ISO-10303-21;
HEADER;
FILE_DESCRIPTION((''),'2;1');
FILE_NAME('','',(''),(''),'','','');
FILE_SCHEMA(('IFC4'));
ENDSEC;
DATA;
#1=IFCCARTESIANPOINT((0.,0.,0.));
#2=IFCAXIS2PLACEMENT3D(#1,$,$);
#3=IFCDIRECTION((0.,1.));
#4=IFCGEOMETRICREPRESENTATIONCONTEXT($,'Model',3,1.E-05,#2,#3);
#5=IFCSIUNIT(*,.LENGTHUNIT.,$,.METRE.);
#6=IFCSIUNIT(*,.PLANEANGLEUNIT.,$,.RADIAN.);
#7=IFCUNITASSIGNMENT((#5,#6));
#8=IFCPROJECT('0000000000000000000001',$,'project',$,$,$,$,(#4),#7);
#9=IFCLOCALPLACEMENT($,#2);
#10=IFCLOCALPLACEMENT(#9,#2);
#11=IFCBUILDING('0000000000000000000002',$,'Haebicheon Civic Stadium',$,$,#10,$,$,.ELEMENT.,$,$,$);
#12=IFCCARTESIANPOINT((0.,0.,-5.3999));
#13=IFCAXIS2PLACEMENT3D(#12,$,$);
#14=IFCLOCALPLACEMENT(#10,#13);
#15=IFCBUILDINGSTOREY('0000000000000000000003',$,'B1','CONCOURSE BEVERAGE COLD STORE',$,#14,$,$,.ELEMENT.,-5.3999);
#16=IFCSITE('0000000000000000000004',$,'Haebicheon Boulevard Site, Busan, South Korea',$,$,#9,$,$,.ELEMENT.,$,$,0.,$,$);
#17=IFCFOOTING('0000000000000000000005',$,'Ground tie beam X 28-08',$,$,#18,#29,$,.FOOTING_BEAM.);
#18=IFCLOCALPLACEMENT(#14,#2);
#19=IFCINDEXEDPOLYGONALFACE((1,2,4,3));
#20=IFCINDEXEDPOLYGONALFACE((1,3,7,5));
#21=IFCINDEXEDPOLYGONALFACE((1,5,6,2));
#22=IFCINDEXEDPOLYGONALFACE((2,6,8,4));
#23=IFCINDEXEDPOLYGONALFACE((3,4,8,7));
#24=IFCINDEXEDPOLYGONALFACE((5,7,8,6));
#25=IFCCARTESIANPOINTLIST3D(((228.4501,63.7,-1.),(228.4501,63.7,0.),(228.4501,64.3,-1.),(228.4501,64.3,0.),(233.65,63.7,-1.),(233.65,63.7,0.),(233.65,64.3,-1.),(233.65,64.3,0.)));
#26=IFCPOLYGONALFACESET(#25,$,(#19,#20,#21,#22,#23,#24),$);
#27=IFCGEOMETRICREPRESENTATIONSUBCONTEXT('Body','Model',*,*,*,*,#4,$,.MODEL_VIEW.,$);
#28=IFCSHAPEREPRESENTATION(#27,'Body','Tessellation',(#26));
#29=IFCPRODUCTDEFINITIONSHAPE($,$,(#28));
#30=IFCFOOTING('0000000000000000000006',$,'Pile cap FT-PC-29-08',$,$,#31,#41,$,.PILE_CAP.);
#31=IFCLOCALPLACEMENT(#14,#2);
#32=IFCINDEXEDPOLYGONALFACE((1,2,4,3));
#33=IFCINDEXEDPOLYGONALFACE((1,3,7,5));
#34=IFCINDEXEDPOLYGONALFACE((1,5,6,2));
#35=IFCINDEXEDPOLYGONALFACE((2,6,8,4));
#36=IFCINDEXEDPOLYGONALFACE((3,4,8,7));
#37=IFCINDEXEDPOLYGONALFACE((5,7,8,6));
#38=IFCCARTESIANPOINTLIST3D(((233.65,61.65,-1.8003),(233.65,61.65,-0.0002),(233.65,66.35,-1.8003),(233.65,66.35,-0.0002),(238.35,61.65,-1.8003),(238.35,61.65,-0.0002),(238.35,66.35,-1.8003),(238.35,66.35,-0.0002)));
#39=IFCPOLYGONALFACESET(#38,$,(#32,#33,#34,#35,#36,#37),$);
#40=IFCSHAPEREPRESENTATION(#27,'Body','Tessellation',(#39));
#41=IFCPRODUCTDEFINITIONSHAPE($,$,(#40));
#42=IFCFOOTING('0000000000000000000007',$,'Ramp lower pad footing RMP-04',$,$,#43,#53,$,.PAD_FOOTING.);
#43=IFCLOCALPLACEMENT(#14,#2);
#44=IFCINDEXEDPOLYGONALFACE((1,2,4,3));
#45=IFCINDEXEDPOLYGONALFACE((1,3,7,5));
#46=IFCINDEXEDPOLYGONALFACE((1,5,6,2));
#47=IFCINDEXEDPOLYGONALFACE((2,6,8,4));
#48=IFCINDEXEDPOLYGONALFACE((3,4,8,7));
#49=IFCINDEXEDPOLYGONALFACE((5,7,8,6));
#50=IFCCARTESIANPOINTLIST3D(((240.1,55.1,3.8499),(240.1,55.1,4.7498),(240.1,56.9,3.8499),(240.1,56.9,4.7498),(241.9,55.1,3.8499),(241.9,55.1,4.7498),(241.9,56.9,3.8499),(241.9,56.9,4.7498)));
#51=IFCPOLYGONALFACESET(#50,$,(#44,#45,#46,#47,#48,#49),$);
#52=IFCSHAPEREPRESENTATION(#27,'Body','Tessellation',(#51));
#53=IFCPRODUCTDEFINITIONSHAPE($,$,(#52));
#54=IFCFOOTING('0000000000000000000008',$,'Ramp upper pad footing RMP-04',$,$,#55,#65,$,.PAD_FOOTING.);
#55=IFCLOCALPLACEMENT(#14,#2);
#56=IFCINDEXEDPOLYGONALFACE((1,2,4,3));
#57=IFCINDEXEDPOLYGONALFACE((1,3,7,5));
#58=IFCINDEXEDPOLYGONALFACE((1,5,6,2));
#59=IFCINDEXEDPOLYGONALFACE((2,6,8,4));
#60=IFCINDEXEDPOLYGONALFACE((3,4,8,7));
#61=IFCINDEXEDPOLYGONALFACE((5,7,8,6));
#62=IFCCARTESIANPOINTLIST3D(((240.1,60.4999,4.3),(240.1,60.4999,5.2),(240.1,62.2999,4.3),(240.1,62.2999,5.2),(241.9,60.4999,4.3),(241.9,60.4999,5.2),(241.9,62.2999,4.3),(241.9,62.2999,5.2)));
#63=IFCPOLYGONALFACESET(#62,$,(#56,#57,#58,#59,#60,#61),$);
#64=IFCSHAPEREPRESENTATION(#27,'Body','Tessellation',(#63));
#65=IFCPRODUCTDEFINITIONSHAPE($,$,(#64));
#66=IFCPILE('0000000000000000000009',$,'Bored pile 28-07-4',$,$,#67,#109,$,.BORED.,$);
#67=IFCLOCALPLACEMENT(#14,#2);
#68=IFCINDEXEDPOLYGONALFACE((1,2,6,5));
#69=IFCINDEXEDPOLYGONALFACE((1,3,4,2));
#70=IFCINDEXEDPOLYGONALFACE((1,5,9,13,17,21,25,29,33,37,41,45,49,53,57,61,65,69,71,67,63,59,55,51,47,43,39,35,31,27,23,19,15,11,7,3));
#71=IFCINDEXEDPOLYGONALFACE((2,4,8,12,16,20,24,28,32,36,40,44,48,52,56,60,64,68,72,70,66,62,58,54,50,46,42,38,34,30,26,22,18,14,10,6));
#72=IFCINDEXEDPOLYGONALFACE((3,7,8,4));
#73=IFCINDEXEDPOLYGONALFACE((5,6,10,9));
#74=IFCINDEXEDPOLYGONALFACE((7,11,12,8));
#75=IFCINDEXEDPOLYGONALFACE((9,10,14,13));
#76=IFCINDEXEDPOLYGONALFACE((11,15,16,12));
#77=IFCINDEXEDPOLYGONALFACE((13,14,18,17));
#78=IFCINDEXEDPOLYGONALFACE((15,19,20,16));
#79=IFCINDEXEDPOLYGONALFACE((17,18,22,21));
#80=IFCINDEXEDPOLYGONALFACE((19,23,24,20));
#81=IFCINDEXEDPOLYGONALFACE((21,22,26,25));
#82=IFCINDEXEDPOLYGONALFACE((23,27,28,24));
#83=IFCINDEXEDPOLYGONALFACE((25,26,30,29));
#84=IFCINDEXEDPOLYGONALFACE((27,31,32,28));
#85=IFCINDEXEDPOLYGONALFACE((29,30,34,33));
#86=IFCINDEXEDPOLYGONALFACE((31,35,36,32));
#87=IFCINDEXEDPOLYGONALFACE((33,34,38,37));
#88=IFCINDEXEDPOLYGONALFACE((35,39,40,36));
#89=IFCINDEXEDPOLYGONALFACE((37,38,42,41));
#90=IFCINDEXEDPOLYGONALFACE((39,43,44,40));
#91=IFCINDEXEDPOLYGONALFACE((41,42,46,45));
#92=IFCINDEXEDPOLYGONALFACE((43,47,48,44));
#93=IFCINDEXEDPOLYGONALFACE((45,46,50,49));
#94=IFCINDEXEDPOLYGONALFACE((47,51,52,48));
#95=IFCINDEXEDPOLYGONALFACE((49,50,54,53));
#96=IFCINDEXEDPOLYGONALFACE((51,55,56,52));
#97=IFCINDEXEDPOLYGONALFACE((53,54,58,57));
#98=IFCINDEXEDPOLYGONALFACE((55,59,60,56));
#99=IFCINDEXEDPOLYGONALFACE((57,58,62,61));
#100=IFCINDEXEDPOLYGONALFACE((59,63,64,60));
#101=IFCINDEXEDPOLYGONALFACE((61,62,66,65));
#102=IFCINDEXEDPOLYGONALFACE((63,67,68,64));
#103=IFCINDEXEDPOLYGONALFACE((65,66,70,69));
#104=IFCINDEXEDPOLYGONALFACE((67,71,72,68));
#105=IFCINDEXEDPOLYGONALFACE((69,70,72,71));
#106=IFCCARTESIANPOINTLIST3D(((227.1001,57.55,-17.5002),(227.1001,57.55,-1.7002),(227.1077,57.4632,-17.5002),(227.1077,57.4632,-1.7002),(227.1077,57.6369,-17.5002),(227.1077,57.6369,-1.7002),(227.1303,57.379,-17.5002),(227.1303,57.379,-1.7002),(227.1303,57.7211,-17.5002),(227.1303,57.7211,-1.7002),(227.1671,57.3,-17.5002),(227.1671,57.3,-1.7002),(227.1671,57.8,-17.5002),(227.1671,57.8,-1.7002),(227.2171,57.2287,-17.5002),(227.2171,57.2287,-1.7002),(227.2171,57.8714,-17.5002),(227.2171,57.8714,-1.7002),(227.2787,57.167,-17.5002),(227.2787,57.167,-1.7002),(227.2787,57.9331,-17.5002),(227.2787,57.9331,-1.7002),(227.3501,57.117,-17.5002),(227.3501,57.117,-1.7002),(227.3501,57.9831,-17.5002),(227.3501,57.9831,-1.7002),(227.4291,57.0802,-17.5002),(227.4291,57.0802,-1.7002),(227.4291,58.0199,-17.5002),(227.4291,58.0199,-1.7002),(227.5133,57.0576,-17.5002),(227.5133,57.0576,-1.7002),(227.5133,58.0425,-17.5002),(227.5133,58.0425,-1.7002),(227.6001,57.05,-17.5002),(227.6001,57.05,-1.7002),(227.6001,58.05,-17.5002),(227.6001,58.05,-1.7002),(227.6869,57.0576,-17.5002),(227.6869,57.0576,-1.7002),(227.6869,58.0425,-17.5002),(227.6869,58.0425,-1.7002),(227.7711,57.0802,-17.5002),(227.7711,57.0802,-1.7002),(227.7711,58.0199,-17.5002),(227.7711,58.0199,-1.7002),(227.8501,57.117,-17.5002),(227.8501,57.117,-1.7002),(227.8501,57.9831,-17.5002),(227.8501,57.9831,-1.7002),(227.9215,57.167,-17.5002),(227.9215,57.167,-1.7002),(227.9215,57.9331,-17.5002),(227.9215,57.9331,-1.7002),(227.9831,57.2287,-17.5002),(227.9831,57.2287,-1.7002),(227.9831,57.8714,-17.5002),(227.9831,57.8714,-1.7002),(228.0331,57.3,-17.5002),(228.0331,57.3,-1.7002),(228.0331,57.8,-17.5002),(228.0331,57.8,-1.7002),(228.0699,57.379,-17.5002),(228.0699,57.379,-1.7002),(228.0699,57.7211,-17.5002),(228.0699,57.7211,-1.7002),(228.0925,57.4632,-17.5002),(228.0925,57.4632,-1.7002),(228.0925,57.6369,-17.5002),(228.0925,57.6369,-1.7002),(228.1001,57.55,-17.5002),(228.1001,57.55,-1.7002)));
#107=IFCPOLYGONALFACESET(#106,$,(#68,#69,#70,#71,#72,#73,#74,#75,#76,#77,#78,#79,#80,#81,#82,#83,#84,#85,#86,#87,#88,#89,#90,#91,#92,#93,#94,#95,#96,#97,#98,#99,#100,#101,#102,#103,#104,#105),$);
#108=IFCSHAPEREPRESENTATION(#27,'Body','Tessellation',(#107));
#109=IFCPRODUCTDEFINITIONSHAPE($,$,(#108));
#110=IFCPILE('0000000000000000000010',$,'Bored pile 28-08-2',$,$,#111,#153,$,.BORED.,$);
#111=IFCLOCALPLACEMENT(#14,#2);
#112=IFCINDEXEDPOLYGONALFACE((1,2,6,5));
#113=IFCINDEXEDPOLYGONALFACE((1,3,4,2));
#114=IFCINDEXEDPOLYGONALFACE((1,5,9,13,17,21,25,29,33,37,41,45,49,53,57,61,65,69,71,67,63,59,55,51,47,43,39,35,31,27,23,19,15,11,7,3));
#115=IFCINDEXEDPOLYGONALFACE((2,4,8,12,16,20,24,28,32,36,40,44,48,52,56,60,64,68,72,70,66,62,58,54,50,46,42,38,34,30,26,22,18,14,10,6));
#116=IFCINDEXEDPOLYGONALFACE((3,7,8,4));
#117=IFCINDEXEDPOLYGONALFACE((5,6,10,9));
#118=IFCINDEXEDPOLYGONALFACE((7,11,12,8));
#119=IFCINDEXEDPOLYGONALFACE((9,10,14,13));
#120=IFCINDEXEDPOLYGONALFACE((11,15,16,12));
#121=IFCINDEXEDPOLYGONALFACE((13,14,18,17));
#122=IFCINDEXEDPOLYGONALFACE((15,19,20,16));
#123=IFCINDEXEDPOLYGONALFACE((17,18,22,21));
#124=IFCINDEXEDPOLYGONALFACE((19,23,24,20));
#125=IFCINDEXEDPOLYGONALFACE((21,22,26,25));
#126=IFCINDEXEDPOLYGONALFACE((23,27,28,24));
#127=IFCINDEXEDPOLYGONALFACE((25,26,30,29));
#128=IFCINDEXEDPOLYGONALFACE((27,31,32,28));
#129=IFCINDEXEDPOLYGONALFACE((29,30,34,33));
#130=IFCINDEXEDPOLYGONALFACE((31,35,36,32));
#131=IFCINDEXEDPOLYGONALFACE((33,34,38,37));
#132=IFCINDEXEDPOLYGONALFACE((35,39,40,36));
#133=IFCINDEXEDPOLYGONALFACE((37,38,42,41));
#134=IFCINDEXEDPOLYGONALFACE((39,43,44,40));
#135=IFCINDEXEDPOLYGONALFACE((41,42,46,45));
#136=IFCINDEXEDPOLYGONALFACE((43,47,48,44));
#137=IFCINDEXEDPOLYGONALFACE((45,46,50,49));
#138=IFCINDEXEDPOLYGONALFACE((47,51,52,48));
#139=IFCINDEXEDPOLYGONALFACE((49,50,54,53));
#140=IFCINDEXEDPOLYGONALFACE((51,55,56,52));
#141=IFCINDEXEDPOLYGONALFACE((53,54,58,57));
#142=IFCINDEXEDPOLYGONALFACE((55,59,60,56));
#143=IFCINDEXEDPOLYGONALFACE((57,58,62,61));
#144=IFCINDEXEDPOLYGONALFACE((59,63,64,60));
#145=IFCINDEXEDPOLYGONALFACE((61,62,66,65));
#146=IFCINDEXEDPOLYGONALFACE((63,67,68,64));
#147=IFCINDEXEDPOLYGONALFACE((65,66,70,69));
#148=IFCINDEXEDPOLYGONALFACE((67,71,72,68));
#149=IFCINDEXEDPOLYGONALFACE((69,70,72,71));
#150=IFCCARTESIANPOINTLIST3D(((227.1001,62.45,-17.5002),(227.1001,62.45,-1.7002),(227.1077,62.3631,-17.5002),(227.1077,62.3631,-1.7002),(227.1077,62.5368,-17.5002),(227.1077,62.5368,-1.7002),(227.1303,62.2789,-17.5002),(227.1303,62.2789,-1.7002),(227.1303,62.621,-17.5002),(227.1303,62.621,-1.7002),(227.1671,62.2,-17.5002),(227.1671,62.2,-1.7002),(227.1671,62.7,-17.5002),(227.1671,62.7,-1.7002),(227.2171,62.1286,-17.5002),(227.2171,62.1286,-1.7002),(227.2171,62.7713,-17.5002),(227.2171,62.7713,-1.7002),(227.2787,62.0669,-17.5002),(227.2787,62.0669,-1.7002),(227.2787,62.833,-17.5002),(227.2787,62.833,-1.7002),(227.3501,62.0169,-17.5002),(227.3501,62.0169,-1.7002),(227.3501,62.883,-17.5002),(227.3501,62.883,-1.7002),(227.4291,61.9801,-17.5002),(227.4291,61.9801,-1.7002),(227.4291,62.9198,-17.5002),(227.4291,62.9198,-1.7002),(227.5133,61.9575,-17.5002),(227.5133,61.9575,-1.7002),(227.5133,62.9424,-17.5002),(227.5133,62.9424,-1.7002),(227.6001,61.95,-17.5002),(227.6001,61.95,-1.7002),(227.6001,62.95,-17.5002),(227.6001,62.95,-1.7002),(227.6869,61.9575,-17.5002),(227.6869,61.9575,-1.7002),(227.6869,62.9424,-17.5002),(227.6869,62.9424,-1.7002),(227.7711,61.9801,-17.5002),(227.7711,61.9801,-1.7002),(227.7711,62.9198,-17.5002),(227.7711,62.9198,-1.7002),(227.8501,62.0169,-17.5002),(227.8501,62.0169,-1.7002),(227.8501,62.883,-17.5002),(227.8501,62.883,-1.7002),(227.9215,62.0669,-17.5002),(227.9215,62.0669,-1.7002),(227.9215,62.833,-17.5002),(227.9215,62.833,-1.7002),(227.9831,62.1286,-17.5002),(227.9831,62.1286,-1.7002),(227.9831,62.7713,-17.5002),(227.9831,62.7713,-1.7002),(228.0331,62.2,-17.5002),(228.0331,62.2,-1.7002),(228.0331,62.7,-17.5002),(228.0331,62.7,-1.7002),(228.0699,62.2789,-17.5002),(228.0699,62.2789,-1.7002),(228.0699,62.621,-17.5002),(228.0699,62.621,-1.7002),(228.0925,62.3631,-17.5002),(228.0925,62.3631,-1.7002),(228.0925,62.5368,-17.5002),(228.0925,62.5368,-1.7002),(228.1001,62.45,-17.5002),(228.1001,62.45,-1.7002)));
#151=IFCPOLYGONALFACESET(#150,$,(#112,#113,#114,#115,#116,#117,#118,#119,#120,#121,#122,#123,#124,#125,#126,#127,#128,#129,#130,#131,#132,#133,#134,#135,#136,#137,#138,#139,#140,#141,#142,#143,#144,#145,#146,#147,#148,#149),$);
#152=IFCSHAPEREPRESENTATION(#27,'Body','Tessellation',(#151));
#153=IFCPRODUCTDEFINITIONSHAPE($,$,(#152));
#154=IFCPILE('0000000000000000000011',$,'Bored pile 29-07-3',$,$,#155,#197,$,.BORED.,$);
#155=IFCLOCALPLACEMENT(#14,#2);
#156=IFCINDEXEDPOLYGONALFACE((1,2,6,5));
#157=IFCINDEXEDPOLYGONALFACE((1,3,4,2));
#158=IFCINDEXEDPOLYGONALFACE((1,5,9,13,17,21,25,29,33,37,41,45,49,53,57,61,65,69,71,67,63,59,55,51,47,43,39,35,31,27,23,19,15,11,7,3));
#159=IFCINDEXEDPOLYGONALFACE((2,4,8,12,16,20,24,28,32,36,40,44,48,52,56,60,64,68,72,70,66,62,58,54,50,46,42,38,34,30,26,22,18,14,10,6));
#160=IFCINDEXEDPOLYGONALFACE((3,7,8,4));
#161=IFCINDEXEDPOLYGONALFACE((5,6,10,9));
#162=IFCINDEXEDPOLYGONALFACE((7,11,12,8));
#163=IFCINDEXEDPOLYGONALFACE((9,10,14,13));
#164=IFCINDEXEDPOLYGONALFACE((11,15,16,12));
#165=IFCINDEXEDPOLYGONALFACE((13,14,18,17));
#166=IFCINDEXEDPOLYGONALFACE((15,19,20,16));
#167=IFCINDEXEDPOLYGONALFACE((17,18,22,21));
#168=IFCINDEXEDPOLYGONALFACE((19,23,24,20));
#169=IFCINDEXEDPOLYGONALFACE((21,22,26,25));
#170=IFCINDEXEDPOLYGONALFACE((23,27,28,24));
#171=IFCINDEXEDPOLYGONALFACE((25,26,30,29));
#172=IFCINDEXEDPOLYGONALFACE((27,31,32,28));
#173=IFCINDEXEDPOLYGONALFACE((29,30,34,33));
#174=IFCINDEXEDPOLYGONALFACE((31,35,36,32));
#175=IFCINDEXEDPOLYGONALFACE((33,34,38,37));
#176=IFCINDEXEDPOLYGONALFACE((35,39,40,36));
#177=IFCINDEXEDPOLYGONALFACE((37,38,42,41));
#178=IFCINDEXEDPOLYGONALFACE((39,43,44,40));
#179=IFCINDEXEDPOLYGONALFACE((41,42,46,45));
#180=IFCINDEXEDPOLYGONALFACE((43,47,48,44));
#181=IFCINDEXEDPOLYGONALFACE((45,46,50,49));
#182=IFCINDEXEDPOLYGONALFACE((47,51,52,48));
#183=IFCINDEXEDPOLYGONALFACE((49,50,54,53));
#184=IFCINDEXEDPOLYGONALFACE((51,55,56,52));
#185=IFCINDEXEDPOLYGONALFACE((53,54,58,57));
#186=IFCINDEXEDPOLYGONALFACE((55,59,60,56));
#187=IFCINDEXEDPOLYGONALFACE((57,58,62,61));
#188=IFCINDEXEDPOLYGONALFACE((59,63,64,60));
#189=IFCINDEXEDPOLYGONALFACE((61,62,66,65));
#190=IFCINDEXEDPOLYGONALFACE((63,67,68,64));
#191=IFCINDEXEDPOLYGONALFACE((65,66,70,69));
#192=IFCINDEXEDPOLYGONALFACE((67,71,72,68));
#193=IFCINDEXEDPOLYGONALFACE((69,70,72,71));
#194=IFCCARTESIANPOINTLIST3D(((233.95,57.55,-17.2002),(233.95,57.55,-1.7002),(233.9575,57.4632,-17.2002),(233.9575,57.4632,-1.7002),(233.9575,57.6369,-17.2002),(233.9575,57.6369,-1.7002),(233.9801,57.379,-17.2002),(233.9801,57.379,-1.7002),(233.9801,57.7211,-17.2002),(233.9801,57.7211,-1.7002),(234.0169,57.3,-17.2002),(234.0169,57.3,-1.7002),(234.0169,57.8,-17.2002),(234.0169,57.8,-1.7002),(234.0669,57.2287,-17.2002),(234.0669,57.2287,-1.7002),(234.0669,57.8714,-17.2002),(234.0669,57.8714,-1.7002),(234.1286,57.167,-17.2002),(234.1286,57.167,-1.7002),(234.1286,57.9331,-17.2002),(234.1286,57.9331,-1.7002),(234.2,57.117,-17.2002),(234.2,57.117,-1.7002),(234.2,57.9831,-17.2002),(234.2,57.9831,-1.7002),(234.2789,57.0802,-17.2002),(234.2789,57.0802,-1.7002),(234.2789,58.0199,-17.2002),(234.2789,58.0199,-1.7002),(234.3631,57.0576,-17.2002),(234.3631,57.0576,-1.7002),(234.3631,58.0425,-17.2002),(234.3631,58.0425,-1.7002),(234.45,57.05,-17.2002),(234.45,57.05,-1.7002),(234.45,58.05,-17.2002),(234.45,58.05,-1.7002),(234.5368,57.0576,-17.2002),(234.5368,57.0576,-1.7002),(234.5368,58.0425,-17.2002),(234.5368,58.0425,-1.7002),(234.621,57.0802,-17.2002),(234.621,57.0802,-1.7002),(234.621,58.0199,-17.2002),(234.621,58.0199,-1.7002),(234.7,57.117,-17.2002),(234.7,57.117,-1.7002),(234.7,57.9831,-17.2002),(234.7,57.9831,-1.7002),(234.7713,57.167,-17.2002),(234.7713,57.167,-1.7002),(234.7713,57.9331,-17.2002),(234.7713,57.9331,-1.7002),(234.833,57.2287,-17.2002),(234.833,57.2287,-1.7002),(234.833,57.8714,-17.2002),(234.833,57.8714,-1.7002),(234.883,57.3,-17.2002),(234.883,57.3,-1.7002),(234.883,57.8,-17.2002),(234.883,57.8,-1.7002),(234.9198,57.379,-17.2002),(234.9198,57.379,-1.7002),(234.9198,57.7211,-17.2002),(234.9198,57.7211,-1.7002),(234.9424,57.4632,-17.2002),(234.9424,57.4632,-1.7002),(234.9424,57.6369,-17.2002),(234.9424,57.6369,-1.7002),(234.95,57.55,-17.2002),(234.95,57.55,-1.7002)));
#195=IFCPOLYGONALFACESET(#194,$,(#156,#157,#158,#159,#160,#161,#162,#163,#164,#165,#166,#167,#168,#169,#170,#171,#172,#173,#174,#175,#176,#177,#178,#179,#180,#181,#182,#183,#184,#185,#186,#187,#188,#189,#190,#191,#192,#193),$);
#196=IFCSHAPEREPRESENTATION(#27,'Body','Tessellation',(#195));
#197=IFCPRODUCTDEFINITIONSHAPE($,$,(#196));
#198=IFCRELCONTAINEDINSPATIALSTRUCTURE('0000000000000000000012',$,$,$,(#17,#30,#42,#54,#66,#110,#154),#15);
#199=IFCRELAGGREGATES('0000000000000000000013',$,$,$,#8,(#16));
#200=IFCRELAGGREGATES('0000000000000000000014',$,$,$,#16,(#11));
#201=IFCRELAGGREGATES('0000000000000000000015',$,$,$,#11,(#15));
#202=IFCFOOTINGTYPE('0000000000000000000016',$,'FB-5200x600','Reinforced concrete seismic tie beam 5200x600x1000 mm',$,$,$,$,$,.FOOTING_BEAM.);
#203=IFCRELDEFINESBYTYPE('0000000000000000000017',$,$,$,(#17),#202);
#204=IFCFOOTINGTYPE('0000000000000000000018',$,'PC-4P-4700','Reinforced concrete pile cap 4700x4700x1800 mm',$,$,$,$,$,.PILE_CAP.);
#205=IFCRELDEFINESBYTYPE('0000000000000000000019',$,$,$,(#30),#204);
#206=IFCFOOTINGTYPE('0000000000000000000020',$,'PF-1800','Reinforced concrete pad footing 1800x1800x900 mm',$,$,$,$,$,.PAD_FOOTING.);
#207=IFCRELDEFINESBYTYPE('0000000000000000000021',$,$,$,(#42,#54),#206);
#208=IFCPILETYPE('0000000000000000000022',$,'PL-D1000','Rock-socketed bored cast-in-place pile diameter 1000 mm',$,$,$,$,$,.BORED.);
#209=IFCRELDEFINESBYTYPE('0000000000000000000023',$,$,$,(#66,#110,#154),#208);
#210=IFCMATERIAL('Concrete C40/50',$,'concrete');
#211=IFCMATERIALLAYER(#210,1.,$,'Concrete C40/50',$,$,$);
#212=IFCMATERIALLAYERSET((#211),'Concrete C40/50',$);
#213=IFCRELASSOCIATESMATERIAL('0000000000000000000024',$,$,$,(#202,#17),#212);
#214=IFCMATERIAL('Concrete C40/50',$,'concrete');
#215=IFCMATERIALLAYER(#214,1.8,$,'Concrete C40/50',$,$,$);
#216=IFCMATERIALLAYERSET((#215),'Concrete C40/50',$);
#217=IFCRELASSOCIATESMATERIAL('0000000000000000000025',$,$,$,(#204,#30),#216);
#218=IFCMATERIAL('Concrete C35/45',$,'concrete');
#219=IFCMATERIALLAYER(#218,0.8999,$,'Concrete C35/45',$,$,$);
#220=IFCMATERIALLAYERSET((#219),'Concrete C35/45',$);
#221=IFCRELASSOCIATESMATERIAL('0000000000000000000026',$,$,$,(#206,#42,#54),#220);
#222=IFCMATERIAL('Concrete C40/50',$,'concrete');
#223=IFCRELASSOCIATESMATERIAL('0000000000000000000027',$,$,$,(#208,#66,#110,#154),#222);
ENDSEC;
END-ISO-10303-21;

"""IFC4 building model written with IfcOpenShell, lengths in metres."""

from ifc_helpers import new_model, si_unit, direction, frame, origin, origin_2d, place, context, subcontext, project, spatial, rectangle, circle, extrude, material, layer, layer_set, material_profile, profile_set, type_object, element, save


model = new_model("IFC4")

# Units and contexts
model_context = context("Model", 3, precision=1e-05, world=origin(), true_north=direction((0.0, 1.0)))
body_context = subcontext(model_context, "Body", "Model", "MODEL_VIEW")
ifc_project = project(units=[si_unit("LENGTHUNIT", "METRE"), si_unit("PLANEANGLEUNIT", "RADIAN")], contexts=[model_context])

# Site, building, storey
site_placement = place(None, origin())
site = spatial("IfcSite", under=ifc_project, at=site_placement, Name="Haebicheon Boulevard Site, Busan, South Korea", CompositionType="ELEMENT", RefElevation=0.0)
building_placement = place(site_placement, origin())
building = spatial("IfcBuilding", under=site, at=building_placement, Name="Haebicheon Civic Stadium", CompositionType="ELEMENT")
storey_placement = place(building_placement, frame((0.0, 0.0, -5.3999)))
storey = spatial("IfcBuildingStorey", under=building, at=storey_placement, Name="B1", Description="CONCOURSE BEVERAGE COLD STORE", CompositionType="ELEMENT", Elevation=-5.3999)

# Footings
ifc_material_1 = material(Name="Concrete C40/50", Category="concrete")
ifc_layer_1 = layer(ifc_material_1, 1.0, Name="Concrete C40/50")
ifc_layer_set_1 = layer_set([ifc_layer_1], Name="Concrete C40/50")
footing_type_1 = type_object("IfcFootingType", Name="FB-5200x600", Description="Reinforced concrete seismic tie beam 5200x600x1000 mm", PredefinedType="FOOTING_BEAM", material=ifc_layer_set_1)
footing_1_placement = place(storey_placement, frame((231.05, 64.0, -1.0), z_axis=(0.0, 0.0, 1.0), x_axis=(1.0, 0.0, 0.0)))
element("IfcFooting", 1, at=footing_1_placement, inside=storey, type_object=footing_type_1, material=ifc_layer_set_1, Name="Ground tie beam X 28-08", PredefinedType="FOOTING_BEAM", context=body_context, shape_type="SweptSolid", body=[
    extrude(rectangle(XDim=5.2, YDim=0.6001, at=origin_2d()), origin(), (0.0, 0.0, 1.0), 1.0),
])
ifc_material_2 = material(Name="Concrete C40/50", Category="concrete")
ifc_layer_2 = layer(ifc_material_2, 1.8, Name="Concrete C40/50")
ifc_layer_set_2 = layer_set([ifc_layer_2], Name="Concrete C40/50")
footing_type_2 = type_object("IfcFootingType", Name="PC-4P-4700", Description="Reinforced concrete pile cap 4700x4700x1800 mm", PredefinedType="PILE_CAP", material=ifc_layer_set_2)
footing_2_placement = place(storey_placement, frame((236.0, 64.0, -1.8003), z_axis=(0.0, 0.0, 1.0), x_axis=(1.0, 0.0, 0.0)))
element("IfcFooting", 2, at=footing_2_placement, inside=storey, type_object=footing_type_2, material=ifc_layer_set_2, Name="Pile cap FT-PC-29-08", PredefinedType="PILE_CAP", context=body_context, shape_type="SweptSolid", body=[
    extrude(rectangle(XDim=4.7, YDim=4.7, at=origin_2d()), origin(), (0.0, 0.0, 1.0), 1.8),
])
ifc_material_3 = material(Name="Concrete C35/45", Category="concrete")
ifc_layer_3 = layer(ifc_material_3, 0.8999, Name="Concrete C35/45")
ifc_layer_set_3 = layer_set([ifc_layer_3], Name="Concrete C35/45")
footing_type_3 = type_object("IfcFootingType", Name="PF-1800", Description="Reinforced concrete pad footing 1800x1800x900 mm", PredefinedType="PAD_FOOTING", material=ifc_layer_set_3)
for number, where, z_axis, x_axis, name in (
    (3, (241.0, 56.0, 3.8499), (0.0, 0.0, 1.0), (1.0, 0.0, 0.0), "Ramp lower pad footing RMP-04"),
    (4, (241.0, 61.3999, 4.3), (0.0, 0.0, 1.0), (1.0, 0.0, 0.0), "Ramp upper pad footing RMP-04"),
):
    element("IfcFooting", number, at=place(storey_placement, frame(where, z_axis=z_axis, x_axis=x_axis)), inside=storey, type_object=footing_type_3, material=ifc_layer_set_3, Name=name, PredefinedType="PAD_FOOTING", context=body_context, shape_type="SweptSolid", body=[
        extrude(rectangle(XDim=1.8, YDim=1.8, at=origin_2d()), origin(), (0.0, 0.0, 1.0), 0.8999),
    ])

# Piles
ifc_material_4 = material(Name="Concrete C40/50", Category="concrete")
ifc_material_profile_1 = material_profile(ifc_material_4, circle(Radius=0.5, at=origin_2d()), Name="PILE-D1000")
ifc_profile_set_1 = profile_set([ifc_material_profile_1], Name="Concrete C40/50")
pile_type = type_object("IfcPileType", Name="PL-D1000", Description="Rock-socketed bored cast-in-place pile diameter 1000 mm", PredefinedType="BORED", material=ifc_profile_set_1)
for number, where, z_axis, x_axis, name in (
    (5, (227.6001, 57.55, -1.7002), (0.0, 0.0, -1.0), (1.0, 0.0, 0.0), "Bored pile 28-07-4"),
    (6, (227.6001, 62.45, -1.7002), (0.0, 0.0, -1.0), (1.0, 0.0, 0.0), "Bored pile 28-08-2"),
):
    element("IfcPile", number, at=place(storey_placement, frame(where, z_axis=z_axis, x_axis=x_axis)), inside=storey, type_object=pile_type, material=ifc_profile_set_1, Name=name, PredefinedType="BORED", context=body_context, shape_type="SweptSolid", body=[
        extrude(circle(Radius=0.5, at=origin_2d()), origin(), (0.0, 0.0, 1.0), 15.8),
    ])
for number, where, z_axis, x_axis, name in (
    (7, (234.45, 57.55, -1.7002), (0.0, 0.0, -1.0), (1.0, 0.0, 0.0), "Bored pile 29-07-3"),
):
    element("IfcPile", number, at=place(storey_placement, frame(where, z_axis=z_axis, x_axis=x_axis)), inside=storey, type_object=pile_type, material=ifc_profile_set_1, Name=name, PredefinedType="BORED", context=body_context, shape_type="SweptSolid", body=[
        extrude(circle(Radius=0.5, at=origin_2d()), origin(), (0.0, 0.0, 1.0), 15.5),
    ])

save(model, "model.ifc")
